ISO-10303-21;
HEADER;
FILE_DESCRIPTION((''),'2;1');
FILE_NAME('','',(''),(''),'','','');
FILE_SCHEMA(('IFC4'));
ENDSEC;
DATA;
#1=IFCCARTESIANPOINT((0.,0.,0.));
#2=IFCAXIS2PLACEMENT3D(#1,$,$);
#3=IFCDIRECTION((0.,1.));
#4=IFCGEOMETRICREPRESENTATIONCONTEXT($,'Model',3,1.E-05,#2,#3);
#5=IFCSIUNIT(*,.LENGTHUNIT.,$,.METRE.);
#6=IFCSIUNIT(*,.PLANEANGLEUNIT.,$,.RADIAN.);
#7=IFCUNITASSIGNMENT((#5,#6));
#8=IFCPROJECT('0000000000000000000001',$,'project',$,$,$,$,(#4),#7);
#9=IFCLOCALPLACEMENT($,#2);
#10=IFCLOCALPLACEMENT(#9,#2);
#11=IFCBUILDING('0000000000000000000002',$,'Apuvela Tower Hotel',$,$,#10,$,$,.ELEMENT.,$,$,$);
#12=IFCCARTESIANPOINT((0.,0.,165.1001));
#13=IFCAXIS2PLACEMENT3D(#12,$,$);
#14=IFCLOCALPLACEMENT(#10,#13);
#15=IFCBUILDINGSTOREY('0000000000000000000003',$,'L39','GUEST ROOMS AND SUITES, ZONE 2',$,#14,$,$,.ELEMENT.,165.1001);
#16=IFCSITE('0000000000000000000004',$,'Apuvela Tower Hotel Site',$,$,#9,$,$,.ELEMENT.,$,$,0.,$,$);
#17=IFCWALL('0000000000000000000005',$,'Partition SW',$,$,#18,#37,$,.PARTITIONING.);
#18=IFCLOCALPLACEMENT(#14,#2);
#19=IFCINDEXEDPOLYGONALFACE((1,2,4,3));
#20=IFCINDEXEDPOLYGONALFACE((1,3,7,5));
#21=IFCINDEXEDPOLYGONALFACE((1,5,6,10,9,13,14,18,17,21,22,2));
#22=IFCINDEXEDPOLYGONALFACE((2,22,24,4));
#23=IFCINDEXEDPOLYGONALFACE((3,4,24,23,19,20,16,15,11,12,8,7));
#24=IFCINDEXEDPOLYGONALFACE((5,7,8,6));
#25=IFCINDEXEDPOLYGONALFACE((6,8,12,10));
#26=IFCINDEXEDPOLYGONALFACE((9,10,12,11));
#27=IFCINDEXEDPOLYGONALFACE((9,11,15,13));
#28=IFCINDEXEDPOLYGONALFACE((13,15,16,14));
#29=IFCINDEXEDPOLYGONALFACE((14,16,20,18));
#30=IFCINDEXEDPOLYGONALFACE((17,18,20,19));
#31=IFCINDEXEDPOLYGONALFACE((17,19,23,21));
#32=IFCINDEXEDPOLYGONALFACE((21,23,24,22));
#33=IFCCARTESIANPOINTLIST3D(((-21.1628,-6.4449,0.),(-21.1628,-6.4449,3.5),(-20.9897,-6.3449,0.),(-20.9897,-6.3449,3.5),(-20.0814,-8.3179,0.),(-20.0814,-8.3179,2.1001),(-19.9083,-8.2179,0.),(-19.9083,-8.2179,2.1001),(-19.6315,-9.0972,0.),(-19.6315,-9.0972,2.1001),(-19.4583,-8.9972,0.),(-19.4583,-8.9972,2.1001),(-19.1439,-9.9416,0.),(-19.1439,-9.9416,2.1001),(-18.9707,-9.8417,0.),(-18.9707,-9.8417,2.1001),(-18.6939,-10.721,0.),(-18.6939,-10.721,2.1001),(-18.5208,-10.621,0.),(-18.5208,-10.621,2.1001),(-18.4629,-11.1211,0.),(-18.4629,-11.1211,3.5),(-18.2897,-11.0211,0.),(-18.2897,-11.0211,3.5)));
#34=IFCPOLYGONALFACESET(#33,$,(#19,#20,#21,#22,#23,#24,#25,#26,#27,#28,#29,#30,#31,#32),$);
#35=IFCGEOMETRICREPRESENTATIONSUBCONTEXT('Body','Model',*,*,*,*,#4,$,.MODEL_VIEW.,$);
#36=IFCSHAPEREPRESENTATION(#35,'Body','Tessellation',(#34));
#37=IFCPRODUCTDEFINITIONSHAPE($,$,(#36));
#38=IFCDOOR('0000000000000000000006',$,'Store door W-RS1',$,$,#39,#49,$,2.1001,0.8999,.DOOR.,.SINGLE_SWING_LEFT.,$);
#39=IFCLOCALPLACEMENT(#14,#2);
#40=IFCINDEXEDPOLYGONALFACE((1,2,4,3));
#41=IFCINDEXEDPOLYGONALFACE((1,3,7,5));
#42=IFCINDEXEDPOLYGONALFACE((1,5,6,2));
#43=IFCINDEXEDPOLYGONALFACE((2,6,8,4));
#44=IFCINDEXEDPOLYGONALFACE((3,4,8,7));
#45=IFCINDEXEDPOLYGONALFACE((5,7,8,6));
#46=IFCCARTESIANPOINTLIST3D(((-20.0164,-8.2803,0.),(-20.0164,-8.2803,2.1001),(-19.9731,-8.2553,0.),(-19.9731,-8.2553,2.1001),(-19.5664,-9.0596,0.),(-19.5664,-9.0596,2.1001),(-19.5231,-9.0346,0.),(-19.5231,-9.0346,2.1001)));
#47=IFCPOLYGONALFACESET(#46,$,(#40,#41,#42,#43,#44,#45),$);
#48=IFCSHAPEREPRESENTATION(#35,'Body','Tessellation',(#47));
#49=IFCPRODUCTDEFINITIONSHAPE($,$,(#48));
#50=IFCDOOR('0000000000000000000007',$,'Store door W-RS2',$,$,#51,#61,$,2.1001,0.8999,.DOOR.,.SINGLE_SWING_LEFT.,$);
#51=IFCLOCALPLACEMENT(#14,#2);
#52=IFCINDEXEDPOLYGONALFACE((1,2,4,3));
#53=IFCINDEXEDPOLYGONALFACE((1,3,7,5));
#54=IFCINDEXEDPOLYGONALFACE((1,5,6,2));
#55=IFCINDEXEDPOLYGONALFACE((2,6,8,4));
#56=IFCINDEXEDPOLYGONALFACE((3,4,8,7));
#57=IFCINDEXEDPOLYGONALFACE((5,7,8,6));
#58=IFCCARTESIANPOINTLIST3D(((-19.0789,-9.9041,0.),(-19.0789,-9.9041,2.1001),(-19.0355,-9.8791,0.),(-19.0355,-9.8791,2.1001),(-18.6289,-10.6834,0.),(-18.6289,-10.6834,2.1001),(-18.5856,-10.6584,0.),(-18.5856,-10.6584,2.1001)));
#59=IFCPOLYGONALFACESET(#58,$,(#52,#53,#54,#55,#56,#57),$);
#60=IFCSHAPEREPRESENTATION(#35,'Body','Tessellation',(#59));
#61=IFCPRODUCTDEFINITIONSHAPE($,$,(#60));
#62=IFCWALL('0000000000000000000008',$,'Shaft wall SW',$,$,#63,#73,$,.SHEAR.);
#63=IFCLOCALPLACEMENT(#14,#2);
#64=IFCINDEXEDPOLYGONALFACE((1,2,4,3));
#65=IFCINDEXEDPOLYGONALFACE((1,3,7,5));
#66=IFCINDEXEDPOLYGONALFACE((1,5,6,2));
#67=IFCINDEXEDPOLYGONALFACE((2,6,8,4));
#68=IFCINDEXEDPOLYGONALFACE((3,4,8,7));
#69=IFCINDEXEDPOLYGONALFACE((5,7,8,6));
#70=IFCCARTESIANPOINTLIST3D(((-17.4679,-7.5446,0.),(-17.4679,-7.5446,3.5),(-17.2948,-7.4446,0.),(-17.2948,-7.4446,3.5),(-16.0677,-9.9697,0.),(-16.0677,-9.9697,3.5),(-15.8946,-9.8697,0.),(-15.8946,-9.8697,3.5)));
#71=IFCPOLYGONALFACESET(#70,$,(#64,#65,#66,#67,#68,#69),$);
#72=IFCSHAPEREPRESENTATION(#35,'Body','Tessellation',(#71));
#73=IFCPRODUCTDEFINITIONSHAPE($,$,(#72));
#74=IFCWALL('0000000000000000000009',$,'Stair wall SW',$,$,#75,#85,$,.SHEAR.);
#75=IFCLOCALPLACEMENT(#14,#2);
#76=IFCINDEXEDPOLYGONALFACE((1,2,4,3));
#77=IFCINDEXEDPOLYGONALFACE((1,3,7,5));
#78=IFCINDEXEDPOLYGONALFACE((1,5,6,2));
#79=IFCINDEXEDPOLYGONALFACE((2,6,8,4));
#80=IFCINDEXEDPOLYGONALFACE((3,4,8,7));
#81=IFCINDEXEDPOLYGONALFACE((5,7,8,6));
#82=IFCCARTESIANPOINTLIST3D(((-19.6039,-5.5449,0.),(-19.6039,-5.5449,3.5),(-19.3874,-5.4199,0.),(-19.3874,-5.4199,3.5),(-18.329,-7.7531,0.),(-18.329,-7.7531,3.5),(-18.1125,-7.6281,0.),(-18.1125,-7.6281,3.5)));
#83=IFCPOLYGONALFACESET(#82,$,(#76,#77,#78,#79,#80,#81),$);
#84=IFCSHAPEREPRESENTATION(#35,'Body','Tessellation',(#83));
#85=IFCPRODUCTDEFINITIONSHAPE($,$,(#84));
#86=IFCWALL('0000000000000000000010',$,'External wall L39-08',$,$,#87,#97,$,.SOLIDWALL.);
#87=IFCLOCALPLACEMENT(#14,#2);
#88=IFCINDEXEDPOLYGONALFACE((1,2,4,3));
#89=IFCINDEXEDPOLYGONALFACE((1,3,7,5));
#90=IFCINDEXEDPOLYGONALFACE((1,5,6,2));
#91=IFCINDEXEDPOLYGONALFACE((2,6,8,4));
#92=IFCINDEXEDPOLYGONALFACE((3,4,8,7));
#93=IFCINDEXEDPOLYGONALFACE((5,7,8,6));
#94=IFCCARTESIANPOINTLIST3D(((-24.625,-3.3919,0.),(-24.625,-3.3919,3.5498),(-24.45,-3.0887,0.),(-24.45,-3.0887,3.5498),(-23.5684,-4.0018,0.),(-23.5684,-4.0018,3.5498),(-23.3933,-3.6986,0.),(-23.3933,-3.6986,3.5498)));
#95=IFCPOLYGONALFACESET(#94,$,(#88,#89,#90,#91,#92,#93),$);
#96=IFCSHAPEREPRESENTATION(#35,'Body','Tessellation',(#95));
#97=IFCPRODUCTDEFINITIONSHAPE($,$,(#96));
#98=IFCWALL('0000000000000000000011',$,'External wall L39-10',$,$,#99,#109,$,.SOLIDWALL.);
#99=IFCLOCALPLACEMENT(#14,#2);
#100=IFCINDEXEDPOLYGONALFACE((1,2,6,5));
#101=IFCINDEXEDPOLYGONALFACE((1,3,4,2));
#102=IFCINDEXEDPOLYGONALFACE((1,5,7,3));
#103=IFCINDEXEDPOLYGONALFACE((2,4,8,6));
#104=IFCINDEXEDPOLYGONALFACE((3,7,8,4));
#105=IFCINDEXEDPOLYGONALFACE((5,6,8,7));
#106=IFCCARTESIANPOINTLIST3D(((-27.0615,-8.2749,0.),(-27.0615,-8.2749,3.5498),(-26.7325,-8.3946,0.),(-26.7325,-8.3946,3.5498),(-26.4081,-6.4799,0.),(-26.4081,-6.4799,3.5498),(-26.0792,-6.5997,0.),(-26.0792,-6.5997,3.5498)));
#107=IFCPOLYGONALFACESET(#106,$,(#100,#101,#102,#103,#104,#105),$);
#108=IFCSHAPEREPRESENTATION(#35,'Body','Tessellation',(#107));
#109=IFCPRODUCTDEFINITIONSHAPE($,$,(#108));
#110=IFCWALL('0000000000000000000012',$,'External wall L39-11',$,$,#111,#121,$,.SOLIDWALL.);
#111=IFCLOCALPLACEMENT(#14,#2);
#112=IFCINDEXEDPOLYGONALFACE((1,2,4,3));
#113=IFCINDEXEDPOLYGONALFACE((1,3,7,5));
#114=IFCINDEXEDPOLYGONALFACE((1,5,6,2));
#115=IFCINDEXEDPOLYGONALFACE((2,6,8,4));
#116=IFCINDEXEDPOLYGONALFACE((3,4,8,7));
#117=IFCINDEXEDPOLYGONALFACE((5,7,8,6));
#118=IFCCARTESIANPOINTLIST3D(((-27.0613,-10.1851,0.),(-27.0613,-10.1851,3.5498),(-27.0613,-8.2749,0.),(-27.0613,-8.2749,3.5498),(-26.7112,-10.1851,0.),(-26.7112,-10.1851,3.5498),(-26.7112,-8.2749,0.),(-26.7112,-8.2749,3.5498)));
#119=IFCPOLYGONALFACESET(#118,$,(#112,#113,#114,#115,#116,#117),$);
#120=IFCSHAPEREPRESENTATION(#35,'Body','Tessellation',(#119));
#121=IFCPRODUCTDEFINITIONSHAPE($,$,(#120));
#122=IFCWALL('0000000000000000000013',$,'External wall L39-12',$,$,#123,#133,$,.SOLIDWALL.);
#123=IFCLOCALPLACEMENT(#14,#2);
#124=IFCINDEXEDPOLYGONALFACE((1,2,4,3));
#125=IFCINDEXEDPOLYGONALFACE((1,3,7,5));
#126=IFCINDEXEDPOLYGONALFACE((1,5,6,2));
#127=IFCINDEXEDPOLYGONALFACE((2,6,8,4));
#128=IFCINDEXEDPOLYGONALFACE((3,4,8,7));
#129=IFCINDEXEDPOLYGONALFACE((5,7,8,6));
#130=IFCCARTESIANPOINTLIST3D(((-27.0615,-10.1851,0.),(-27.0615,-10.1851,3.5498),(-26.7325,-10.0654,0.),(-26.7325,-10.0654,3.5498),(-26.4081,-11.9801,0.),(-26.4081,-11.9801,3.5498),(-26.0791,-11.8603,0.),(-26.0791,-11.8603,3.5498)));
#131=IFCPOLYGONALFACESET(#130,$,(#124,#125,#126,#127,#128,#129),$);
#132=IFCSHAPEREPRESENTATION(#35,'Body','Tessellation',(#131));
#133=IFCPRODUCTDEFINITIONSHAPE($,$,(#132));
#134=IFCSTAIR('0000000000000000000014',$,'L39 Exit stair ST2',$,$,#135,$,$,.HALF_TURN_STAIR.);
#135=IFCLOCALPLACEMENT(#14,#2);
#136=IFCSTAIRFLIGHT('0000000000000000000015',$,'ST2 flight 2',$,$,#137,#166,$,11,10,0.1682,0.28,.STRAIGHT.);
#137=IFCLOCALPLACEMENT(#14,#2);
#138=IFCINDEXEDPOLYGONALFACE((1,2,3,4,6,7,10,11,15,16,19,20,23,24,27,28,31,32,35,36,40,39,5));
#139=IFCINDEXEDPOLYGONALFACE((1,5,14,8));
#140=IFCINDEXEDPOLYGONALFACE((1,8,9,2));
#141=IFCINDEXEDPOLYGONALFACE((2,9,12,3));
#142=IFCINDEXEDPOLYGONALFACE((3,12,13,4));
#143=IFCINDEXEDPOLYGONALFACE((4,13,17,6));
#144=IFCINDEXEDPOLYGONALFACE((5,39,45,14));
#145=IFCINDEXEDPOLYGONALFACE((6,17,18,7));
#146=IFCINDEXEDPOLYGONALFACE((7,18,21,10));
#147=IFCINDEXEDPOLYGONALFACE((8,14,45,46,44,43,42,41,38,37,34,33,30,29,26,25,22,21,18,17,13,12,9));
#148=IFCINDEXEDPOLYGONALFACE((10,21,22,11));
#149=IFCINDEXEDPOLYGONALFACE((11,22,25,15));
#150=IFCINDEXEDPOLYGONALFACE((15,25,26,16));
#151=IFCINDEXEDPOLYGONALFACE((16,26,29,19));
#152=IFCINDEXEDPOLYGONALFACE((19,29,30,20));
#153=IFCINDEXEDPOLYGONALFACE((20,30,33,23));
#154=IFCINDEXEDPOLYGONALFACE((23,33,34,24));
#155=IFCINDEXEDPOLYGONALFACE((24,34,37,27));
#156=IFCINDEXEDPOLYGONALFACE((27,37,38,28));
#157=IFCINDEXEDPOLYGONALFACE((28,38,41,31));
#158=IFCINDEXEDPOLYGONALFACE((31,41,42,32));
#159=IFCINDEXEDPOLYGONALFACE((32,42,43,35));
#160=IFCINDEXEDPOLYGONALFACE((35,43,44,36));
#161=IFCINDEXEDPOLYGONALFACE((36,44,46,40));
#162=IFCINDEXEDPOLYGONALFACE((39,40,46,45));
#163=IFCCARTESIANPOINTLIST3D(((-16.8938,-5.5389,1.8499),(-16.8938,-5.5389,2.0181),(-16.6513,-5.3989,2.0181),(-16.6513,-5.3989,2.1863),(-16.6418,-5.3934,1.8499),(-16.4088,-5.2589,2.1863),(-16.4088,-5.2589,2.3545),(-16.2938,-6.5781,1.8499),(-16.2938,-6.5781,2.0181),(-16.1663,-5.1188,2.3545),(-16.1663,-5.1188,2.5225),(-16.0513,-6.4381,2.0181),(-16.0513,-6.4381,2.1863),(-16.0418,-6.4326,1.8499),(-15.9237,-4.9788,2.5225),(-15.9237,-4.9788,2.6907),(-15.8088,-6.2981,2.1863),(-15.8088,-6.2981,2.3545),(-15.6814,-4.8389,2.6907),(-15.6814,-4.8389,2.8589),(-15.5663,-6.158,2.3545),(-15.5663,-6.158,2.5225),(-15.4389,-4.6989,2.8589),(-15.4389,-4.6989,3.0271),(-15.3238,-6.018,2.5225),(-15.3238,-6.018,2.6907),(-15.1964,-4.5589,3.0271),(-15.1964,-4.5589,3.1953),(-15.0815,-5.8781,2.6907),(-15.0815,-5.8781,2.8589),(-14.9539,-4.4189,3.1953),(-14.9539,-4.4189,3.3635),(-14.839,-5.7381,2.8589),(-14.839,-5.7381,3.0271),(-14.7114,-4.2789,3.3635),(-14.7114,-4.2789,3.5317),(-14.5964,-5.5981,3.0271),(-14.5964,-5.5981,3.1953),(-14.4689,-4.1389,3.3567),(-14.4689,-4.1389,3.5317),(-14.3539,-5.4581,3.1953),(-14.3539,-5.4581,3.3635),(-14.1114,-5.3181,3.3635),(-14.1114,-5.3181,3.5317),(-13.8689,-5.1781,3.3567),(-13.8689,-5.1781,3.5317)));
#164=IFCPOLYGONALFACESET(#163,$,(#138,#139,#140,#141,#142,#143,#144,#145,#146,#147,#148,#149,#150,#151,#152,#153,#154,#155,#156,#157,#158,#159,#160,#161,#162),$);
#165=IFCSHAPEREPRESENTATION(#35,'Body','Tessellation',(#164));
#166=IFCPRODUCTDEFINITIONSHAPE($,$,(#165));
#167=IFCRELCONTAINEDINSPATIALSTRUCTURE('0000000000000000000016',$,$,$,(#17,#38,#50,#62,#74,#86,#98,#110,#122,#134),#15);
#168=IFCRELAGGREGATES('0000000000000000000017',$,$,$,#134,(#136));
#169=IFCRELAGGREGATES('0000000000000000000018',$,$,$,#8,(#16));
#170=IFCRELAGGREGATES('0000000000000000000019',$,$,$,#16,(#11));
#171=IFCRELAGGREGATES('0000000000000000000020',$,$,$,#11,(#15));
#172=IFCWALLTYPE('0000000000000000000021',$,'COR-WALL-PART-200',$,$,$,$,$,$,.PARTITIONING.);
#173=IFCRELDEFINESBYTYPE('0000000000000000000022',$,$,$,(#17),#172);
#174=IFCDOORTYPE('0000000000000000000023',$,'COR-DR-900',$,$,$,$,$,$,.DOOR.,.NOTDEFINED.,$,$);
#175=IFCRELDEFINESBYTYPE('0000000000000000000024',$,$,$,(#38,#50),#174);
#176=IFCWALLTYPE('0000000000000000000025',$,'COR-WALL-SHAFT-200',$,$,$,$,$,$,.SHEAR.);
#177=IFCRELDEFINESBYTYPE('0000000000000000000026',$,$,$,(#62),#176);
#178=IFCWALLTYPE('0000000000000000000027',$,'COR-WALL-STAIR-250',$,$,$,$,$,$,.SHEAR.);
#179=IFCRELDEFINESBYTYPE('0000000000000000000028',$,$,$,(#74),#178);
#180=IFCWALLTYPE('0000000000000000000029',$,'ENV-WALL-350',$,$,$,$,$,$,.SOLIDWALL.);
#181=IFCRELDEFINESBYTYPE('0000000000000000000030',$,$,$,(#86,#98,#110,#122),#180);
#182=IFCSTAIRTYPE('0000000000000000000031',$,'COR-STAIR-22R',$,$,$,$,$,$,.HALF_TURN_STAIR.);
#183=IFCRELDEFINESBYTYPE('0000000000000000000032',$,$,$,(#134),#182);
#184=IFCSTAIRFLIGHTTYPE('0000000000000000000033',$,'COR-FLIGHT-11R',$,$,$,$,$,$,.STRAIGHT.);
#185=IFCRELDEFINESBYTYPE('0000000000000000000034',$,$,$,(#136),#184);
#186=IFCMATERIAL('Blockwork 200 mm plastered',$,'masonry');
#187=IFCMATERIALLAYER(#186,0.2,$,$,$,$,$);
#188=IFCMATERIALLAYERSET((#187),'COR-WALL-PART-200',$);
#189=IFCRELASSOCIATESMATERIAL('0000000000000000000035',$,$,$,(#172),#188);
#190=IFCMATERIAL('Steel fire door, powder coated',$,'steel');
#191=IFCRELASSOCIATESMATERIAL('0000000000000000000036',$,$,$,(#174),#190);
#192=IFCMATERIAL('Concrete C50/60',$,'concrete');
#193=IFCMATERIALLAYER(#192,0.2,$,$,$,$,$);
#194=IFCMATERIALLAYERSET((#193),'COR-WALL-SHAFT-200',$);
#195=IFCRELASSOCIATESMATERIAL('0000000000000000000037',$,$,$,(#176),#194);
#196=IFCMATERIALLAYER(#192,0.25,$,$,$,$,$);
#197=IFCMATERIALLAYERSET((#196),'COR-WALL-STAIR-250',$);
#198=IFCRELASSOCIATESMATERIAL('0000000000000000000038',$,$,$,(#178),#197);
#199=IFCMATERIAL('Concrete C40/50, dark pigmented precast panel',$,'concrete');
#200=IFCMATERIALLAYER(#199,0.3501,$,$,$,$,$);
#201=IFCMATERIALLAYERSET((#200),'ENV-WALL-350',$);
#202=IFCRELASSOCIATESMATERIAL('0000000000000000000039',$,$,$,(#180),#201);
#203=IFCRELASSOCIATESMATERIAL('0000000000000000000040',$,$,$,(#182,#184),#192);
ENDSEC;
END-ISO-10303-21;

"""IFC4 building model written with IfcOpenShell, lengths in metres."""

from ifc_helpers import new_model, si_unit, direction, frame, frame_2d, origin, place, context, subcontext, project, spatial, polyline, rectangle, outline, extrude, material, layer, layer_set, type_object, element, fill, aggregate, save


model = new_model("IFC4")

# Units and contexts
model_context = context("Model", 3, precision=1e-05, world=origin(), true_north=direction((0.0, 1.0)))
body_context = subcontext(model_context, "Body", "Model", "MODEL_VIEW")
ifc_project = project(units=[si_unit("LENGTHUNIT", "METRE"), si_unit("PLANEANGLEUNIT", "RADIAN")], contexts=[model_context])

# Site, building, storey
site_placement = place(None, origin())
site = spatial("IfcSite", under=ifc_project, at=site_placement, Name="Apuvela Tower Hotel Site", CompositionType="ELEMENT", RefElevation=0.0)
building_placement = place(site_placement, origin())
building = spatial("IfcBuilding", under=site, at=building_placement, Name="Apuvela Tower Hotel", CompositionType="ELEMENT")
storey_placement = place(building_placement, frame((0.0, 0.0, 165.1001)))
storey = spatial("IfcBuildingStorey", under=building, at=storey_placement, Name="L39", Description="GUEST ROOMS AND SUITES, ZONE 2", CompositionType="ELEMENT", Elevation=165.1001)

# Wall, openings, doors
ifc_material_1 = material(Name="Blockwork 200 mm plastered", Category="masonry")
ifc_layer_1 = layer(ifc_material_1, 0.2)
ifc_layer_set_1 = layer_set([ifc_layer_1], Name="COR-WALL-PART-200")
wall_type_1 = type_object("IfcWallType", Name="COR-WALL-PART-200", PredefinedType="PARTITIONING", material=ifc_layer_set_1)
wall_1_placement = place(storey_placement, frame((-21.0762, -6.395, 0.0), z_axis=(0.0, 0.0, 1.0), x_axis=(0.500015, -0.866017, 0.0)))
wall_1 = element("IfcWall", 1, at=wall_1_placement, inside=storey, type_object=wall_type_1, Name="Partition SW", PredefinedType="PARTITIONING", context=body_context, shape_type="SweptSolid", body=[
    extrude(rectangle(XDim=5.3997, YDim=0.2, at=frame_2d((2.6997, 0.0))), origin(), (0.0, 0.0, 1.0), 3.5),
])
opening_1_placement = place(wall_1_placement, frame((2.1626, 0.0, 0.0)))
opening_1 = element("IfcOpeningElement", 2, at=opening_1_placement, cuts=wall_1, PredefinedType="OPENING", context=body_context, shape_type="SweptSolid", body=[
    extrude(rectangle(XDim=0.8999, YDim=2.1001, at=frame_2d((0.45, 1.05))), frame((0.0, 0.1099, 0.0), z_axis=(0.0, -1.0, 0.0), x_axis=(1.0, 0.0, 0.0)), (0.0, 0.0, 1.0), 0.22),
])
opening_2_placement = place(wall_1_placement, frame((4.0376, 0.0, 0.0)))
opening_2 = element("IfcOpeningElement", 3, at=opening_2_placement, cuts=wall_1, PredefinedType="OPENING", context=body_context, shape_type="SweptSolid", body=[
    extrude(rectangle(XDim=0.8999, YDim=2.1001, at=frame_2d((0.45, 1.05))), frame((0.0, 0.1099, 0.0), z_axis=(0.0, -1.0, 0.0), x_axis=(1.0, 0.0, 0.0)), (0.0, 0.0, 1.0), 0.22),
])
ifc_material_2 = material(Name="Steel fire door, powder coated", Category="steel")
door_type_1 = type_object("IfcDoorType", Name="COR-DR-900", OperationType="NOTDEFINED", PredefinedType="DOOR", material=ifc_material_2)
door_1_placement = place(opening_1_placement, frame((0.8999, 0.0, 0.0), z_axis=(0.0, 0.0, 1.0), x_axis=(-1.0, 0.0, 0.0)))
door_1 = element("IfcDoor", 4, at=door_1_placement, inside=storey, type_object=door_type_1, Name="Store door W-RS1", OperationType="SINGLE_SWING_LEFT", OverallHeight=2.1001, OverallWidth=0.8999, PredefinedType="DOOR", context=body_context, shape_type="SweptSolid", body=[
    extrude(rectangle(XDim=0.8999, YDim=2.1001, at=frame_2d((0.45, 1.05))), frame((0.0, 0.0249, 0.0), z_axis=(0.0, -1.0, 0.0), x_axis=(1.0, 0.0, 0.0)), (0.0, 0.0, 1.0), 0.05),
])
fill(opening_1, door_1)
door_2_placement = place(opening_2_placement, frame((0.8999, 0.0, 0.0), z_axis=(0.0, 0.0, 1.0), x_axis=(-1.0, 0.0, 0.0)))
door_2 = element("IfcDoor", 5, at=door_2_placement, inside=storey, type_object=door_type_1, Name="Store door W-RS2", OperationType="SINGLE_SWING_LEFT", OverallHeight=2.1001, OverallWidth=0.8999, PredefinedType="DOOR", context=body_context, shape_type="SweptSolid", body=[
    extrude(rectangle(XDim=0.8999, YDim=2.1001, at=frame_2d((0.45, 1.05))), frame((0.0, 0.0249, 0.0), z_axis=(0.0, -1.0, 0.0), x_axis=(1.0, 0.0, 0.0)), (0.0, 0.0, 1.0), 0.05),
])
fill(opening_2, door_2)

# Walls
ifc_material_3 = material(Name="Concrete C50/60", Category="concrete")
ifc_layer_2 = layer(ifc_material_3, 0.2)
ifc_layer_set_2 = layer_set([ifc_layer_2], Name="COR-WALL-SHAFT-200")
wall_type_2 = type_object("IfcWallType", Name="COR-WALL-SHAFT-200", PredefinedType="SHEAR", material=ifc_layer_set_2)
wall_2_placement = place(storey_placement, frame((-17.3813, -7.4946, 0.0), z_axis=(0.0, 0.0, 1.0), x_axis=(0.500012, -0.866019, 0.0)))
element("IfcWall", 6, at=wall_2_placement, inside=storey, type_object=wall_type_2, Name="Shaft wall SW", PredefinedType="SHEAR", context=body_context, shape_type="SweptSolid", body=[
    extrude(rectangle(XDim=2.8003, YDim=0.2, at=frame_2d((1.4001, 0.0))), origin(), (0.0, 0.0, 1.0), 3.5),
])
ifc_layer_3 = layer(ifc_material_3, 0.25)
ifc_layer_set_3 = layer_set([ifc_layer_3], Name="COR-WALL-STAIR-250")
wall_type_3 = type_object("IfcWallType", Name="COR-WALL-STAIR-250", PredefinedType="SHEAR", material=ifc_layer_set_3)
wall_3_placement = place(storey_placement, frame((-19.4956, -5.4824, 0.0), z_axis=(0.0, 0.0, 1.0), x_axis=(0.49999, -0.866031, 0.0)))
element("IfcWall", 7, at=wall_3_placement, inside=storey, type_object=wall_type_3, Name="Stair wall SW", PredefinedType="SHEAR", context=body_context, shape_type="SweptSolid", body=[
    extrude(rectangle(XDim=2.5498, YDim=0.25, at=frame_2d((1.2749, 0.0))), origin(), (0.0, 0.0, 1.0), 3.5),
])
ifc_material_4 = material(Name="Concrete C40/50, dark pigmented precast panel", Category="concrete")
ifc_layer_4 = layer(ifc_material_4, 0.3501)
ifc_layer_set_4 = layer_set([ifc_layer_4], Name="ENV-WALL-350")
wall_type_4 = type_object("IfcWallType", Name="ENV-WALL-350", PredefinedType="SOLIDWALL", material=ifc_layer_set_4)
wall_4_placement = place(storey_placement, frame((-23.481, -3.8501, 0.0), z_axis=(0.0, 0.0, 1.0), x_axis=(-0.866092, 0.499884, 0.0)))
element("IfcWall", 8, at=wall_4_placement, inside=storey, type_object=wall_type_4, Name="External wall L39-08", PredefinedType="SOLIDWALL", context=body_context, shape_type="SweptSolid", body=[
    extrude(rectangle(XDim=1.22, YDim=0.3501, at=frame_2d((0.6099, 0.0))), origin(), (0.0, 0.0, 1.0), 3.5498),
])
for number, where, z_axis, x_axis, name in (
    (9, (-26.2437, -6.5398, 0.0), (0.0, 0.0, 1.0), (-0.34203, -0.939689, 0.0), "External wall L39-10"),
    (10, (-26.8862, -8.2749, 0.0), (0.0, 0.0, 1.0), (0.0, -1.0, 0.0), "External wall L39-11"),
    (11, (-26.897, -10.1252, 0.0), (0.0, 0.0, 1.0), (0.34203, -0.939689, 0.0), "External wall L39-12"),
):
    element("IfcWall", number, at=place(storey_placement, frame(where, z_axis=z_axis, x_axis=x_axis)), inside=storey, type_object=wall_type_4, Name=name, PredefinedType="SOLIDWALL", context=body_context, shape_type="SweptSolid", body=[
        extrude(rectangle(XDim=1.9102, YDim=0.3501, at=frame_2d((0.9551, 0.0))), origin(), (0.0, 0.0, 1.0), 3.5498),
    ])

# Stair, stair flight
stair_type = type_object("IfcStairType", Name="COR-STAIR-22R", PredefinedType="HALF_TURN_STAIR", material=ifc_material_3)
stair_placement = place(storey_placement, origin())
stair = element("IfcStair", 12, at=stair_placement, inside=storey, type_object=stair_type, Name="L39 Exit stair ST2", PredefinedType="HALF_TURN_STAIR")
stair_flight_type = type_object("IfcStairFlightType", Name="COR-FLIGHT-11R", PredefinedType="STRAIGHT", material=ifc_material_3)
stair_flight_placement = place(storey_placement, frame((-16.5938, -6.0586, 1.8499), z_axis=(0.0, 0.0, 1.0), x_axis=(0.866025, 0.5, 0.0)))
stair_flight = element("IfcStairFlight", 13, at=stair_flight_placement, type_object=stair_flight_type, Name="ST2 flight 2", NumberOfRisers=11, NumberOfTreads=10, PredefinedType="STRAIGHT", RiserHeight=0.1682, TreadLength=0.28, context=body_context, shape_type="SweptSolid", body=[
    extrude(outline(polyline([(0.0, 0.0), (0.0, 0.1682), (0.28, 0.1682), (0.28, 0.3364), (0.5601, 0.3364), (0.5601, 0.5046), (0.8401, 0.5046), (0.8401, 0.6726), (1.1201, 0.6726), (1.1201, 0.8408), (1.3999, 0.8408), (1.3999, 1.009), (1.6799, 1.009), (1.6799, 1.1772), (1.96, 1.1772), (1.96, 1.3455), (2.24, 1.3455), (2.24, 1.5137), (2.52, 1.5137), (2.52, 1.6819), (2.8, 1.6819), (2.8, 1.8501), (2.8, 1.5068), (0.291, 0.0), (0.0, 0.0)])), frame((0.0, 0.6001, 0.0), z_axis=(0.0, -1.0, 0.0), x_axis=(1.0, 0.0, 0.0)), (0.0, 0.0, 1.0), 1.2),
])
aggregate(stair, [stair_flight])

save(model, "model.ifc")
